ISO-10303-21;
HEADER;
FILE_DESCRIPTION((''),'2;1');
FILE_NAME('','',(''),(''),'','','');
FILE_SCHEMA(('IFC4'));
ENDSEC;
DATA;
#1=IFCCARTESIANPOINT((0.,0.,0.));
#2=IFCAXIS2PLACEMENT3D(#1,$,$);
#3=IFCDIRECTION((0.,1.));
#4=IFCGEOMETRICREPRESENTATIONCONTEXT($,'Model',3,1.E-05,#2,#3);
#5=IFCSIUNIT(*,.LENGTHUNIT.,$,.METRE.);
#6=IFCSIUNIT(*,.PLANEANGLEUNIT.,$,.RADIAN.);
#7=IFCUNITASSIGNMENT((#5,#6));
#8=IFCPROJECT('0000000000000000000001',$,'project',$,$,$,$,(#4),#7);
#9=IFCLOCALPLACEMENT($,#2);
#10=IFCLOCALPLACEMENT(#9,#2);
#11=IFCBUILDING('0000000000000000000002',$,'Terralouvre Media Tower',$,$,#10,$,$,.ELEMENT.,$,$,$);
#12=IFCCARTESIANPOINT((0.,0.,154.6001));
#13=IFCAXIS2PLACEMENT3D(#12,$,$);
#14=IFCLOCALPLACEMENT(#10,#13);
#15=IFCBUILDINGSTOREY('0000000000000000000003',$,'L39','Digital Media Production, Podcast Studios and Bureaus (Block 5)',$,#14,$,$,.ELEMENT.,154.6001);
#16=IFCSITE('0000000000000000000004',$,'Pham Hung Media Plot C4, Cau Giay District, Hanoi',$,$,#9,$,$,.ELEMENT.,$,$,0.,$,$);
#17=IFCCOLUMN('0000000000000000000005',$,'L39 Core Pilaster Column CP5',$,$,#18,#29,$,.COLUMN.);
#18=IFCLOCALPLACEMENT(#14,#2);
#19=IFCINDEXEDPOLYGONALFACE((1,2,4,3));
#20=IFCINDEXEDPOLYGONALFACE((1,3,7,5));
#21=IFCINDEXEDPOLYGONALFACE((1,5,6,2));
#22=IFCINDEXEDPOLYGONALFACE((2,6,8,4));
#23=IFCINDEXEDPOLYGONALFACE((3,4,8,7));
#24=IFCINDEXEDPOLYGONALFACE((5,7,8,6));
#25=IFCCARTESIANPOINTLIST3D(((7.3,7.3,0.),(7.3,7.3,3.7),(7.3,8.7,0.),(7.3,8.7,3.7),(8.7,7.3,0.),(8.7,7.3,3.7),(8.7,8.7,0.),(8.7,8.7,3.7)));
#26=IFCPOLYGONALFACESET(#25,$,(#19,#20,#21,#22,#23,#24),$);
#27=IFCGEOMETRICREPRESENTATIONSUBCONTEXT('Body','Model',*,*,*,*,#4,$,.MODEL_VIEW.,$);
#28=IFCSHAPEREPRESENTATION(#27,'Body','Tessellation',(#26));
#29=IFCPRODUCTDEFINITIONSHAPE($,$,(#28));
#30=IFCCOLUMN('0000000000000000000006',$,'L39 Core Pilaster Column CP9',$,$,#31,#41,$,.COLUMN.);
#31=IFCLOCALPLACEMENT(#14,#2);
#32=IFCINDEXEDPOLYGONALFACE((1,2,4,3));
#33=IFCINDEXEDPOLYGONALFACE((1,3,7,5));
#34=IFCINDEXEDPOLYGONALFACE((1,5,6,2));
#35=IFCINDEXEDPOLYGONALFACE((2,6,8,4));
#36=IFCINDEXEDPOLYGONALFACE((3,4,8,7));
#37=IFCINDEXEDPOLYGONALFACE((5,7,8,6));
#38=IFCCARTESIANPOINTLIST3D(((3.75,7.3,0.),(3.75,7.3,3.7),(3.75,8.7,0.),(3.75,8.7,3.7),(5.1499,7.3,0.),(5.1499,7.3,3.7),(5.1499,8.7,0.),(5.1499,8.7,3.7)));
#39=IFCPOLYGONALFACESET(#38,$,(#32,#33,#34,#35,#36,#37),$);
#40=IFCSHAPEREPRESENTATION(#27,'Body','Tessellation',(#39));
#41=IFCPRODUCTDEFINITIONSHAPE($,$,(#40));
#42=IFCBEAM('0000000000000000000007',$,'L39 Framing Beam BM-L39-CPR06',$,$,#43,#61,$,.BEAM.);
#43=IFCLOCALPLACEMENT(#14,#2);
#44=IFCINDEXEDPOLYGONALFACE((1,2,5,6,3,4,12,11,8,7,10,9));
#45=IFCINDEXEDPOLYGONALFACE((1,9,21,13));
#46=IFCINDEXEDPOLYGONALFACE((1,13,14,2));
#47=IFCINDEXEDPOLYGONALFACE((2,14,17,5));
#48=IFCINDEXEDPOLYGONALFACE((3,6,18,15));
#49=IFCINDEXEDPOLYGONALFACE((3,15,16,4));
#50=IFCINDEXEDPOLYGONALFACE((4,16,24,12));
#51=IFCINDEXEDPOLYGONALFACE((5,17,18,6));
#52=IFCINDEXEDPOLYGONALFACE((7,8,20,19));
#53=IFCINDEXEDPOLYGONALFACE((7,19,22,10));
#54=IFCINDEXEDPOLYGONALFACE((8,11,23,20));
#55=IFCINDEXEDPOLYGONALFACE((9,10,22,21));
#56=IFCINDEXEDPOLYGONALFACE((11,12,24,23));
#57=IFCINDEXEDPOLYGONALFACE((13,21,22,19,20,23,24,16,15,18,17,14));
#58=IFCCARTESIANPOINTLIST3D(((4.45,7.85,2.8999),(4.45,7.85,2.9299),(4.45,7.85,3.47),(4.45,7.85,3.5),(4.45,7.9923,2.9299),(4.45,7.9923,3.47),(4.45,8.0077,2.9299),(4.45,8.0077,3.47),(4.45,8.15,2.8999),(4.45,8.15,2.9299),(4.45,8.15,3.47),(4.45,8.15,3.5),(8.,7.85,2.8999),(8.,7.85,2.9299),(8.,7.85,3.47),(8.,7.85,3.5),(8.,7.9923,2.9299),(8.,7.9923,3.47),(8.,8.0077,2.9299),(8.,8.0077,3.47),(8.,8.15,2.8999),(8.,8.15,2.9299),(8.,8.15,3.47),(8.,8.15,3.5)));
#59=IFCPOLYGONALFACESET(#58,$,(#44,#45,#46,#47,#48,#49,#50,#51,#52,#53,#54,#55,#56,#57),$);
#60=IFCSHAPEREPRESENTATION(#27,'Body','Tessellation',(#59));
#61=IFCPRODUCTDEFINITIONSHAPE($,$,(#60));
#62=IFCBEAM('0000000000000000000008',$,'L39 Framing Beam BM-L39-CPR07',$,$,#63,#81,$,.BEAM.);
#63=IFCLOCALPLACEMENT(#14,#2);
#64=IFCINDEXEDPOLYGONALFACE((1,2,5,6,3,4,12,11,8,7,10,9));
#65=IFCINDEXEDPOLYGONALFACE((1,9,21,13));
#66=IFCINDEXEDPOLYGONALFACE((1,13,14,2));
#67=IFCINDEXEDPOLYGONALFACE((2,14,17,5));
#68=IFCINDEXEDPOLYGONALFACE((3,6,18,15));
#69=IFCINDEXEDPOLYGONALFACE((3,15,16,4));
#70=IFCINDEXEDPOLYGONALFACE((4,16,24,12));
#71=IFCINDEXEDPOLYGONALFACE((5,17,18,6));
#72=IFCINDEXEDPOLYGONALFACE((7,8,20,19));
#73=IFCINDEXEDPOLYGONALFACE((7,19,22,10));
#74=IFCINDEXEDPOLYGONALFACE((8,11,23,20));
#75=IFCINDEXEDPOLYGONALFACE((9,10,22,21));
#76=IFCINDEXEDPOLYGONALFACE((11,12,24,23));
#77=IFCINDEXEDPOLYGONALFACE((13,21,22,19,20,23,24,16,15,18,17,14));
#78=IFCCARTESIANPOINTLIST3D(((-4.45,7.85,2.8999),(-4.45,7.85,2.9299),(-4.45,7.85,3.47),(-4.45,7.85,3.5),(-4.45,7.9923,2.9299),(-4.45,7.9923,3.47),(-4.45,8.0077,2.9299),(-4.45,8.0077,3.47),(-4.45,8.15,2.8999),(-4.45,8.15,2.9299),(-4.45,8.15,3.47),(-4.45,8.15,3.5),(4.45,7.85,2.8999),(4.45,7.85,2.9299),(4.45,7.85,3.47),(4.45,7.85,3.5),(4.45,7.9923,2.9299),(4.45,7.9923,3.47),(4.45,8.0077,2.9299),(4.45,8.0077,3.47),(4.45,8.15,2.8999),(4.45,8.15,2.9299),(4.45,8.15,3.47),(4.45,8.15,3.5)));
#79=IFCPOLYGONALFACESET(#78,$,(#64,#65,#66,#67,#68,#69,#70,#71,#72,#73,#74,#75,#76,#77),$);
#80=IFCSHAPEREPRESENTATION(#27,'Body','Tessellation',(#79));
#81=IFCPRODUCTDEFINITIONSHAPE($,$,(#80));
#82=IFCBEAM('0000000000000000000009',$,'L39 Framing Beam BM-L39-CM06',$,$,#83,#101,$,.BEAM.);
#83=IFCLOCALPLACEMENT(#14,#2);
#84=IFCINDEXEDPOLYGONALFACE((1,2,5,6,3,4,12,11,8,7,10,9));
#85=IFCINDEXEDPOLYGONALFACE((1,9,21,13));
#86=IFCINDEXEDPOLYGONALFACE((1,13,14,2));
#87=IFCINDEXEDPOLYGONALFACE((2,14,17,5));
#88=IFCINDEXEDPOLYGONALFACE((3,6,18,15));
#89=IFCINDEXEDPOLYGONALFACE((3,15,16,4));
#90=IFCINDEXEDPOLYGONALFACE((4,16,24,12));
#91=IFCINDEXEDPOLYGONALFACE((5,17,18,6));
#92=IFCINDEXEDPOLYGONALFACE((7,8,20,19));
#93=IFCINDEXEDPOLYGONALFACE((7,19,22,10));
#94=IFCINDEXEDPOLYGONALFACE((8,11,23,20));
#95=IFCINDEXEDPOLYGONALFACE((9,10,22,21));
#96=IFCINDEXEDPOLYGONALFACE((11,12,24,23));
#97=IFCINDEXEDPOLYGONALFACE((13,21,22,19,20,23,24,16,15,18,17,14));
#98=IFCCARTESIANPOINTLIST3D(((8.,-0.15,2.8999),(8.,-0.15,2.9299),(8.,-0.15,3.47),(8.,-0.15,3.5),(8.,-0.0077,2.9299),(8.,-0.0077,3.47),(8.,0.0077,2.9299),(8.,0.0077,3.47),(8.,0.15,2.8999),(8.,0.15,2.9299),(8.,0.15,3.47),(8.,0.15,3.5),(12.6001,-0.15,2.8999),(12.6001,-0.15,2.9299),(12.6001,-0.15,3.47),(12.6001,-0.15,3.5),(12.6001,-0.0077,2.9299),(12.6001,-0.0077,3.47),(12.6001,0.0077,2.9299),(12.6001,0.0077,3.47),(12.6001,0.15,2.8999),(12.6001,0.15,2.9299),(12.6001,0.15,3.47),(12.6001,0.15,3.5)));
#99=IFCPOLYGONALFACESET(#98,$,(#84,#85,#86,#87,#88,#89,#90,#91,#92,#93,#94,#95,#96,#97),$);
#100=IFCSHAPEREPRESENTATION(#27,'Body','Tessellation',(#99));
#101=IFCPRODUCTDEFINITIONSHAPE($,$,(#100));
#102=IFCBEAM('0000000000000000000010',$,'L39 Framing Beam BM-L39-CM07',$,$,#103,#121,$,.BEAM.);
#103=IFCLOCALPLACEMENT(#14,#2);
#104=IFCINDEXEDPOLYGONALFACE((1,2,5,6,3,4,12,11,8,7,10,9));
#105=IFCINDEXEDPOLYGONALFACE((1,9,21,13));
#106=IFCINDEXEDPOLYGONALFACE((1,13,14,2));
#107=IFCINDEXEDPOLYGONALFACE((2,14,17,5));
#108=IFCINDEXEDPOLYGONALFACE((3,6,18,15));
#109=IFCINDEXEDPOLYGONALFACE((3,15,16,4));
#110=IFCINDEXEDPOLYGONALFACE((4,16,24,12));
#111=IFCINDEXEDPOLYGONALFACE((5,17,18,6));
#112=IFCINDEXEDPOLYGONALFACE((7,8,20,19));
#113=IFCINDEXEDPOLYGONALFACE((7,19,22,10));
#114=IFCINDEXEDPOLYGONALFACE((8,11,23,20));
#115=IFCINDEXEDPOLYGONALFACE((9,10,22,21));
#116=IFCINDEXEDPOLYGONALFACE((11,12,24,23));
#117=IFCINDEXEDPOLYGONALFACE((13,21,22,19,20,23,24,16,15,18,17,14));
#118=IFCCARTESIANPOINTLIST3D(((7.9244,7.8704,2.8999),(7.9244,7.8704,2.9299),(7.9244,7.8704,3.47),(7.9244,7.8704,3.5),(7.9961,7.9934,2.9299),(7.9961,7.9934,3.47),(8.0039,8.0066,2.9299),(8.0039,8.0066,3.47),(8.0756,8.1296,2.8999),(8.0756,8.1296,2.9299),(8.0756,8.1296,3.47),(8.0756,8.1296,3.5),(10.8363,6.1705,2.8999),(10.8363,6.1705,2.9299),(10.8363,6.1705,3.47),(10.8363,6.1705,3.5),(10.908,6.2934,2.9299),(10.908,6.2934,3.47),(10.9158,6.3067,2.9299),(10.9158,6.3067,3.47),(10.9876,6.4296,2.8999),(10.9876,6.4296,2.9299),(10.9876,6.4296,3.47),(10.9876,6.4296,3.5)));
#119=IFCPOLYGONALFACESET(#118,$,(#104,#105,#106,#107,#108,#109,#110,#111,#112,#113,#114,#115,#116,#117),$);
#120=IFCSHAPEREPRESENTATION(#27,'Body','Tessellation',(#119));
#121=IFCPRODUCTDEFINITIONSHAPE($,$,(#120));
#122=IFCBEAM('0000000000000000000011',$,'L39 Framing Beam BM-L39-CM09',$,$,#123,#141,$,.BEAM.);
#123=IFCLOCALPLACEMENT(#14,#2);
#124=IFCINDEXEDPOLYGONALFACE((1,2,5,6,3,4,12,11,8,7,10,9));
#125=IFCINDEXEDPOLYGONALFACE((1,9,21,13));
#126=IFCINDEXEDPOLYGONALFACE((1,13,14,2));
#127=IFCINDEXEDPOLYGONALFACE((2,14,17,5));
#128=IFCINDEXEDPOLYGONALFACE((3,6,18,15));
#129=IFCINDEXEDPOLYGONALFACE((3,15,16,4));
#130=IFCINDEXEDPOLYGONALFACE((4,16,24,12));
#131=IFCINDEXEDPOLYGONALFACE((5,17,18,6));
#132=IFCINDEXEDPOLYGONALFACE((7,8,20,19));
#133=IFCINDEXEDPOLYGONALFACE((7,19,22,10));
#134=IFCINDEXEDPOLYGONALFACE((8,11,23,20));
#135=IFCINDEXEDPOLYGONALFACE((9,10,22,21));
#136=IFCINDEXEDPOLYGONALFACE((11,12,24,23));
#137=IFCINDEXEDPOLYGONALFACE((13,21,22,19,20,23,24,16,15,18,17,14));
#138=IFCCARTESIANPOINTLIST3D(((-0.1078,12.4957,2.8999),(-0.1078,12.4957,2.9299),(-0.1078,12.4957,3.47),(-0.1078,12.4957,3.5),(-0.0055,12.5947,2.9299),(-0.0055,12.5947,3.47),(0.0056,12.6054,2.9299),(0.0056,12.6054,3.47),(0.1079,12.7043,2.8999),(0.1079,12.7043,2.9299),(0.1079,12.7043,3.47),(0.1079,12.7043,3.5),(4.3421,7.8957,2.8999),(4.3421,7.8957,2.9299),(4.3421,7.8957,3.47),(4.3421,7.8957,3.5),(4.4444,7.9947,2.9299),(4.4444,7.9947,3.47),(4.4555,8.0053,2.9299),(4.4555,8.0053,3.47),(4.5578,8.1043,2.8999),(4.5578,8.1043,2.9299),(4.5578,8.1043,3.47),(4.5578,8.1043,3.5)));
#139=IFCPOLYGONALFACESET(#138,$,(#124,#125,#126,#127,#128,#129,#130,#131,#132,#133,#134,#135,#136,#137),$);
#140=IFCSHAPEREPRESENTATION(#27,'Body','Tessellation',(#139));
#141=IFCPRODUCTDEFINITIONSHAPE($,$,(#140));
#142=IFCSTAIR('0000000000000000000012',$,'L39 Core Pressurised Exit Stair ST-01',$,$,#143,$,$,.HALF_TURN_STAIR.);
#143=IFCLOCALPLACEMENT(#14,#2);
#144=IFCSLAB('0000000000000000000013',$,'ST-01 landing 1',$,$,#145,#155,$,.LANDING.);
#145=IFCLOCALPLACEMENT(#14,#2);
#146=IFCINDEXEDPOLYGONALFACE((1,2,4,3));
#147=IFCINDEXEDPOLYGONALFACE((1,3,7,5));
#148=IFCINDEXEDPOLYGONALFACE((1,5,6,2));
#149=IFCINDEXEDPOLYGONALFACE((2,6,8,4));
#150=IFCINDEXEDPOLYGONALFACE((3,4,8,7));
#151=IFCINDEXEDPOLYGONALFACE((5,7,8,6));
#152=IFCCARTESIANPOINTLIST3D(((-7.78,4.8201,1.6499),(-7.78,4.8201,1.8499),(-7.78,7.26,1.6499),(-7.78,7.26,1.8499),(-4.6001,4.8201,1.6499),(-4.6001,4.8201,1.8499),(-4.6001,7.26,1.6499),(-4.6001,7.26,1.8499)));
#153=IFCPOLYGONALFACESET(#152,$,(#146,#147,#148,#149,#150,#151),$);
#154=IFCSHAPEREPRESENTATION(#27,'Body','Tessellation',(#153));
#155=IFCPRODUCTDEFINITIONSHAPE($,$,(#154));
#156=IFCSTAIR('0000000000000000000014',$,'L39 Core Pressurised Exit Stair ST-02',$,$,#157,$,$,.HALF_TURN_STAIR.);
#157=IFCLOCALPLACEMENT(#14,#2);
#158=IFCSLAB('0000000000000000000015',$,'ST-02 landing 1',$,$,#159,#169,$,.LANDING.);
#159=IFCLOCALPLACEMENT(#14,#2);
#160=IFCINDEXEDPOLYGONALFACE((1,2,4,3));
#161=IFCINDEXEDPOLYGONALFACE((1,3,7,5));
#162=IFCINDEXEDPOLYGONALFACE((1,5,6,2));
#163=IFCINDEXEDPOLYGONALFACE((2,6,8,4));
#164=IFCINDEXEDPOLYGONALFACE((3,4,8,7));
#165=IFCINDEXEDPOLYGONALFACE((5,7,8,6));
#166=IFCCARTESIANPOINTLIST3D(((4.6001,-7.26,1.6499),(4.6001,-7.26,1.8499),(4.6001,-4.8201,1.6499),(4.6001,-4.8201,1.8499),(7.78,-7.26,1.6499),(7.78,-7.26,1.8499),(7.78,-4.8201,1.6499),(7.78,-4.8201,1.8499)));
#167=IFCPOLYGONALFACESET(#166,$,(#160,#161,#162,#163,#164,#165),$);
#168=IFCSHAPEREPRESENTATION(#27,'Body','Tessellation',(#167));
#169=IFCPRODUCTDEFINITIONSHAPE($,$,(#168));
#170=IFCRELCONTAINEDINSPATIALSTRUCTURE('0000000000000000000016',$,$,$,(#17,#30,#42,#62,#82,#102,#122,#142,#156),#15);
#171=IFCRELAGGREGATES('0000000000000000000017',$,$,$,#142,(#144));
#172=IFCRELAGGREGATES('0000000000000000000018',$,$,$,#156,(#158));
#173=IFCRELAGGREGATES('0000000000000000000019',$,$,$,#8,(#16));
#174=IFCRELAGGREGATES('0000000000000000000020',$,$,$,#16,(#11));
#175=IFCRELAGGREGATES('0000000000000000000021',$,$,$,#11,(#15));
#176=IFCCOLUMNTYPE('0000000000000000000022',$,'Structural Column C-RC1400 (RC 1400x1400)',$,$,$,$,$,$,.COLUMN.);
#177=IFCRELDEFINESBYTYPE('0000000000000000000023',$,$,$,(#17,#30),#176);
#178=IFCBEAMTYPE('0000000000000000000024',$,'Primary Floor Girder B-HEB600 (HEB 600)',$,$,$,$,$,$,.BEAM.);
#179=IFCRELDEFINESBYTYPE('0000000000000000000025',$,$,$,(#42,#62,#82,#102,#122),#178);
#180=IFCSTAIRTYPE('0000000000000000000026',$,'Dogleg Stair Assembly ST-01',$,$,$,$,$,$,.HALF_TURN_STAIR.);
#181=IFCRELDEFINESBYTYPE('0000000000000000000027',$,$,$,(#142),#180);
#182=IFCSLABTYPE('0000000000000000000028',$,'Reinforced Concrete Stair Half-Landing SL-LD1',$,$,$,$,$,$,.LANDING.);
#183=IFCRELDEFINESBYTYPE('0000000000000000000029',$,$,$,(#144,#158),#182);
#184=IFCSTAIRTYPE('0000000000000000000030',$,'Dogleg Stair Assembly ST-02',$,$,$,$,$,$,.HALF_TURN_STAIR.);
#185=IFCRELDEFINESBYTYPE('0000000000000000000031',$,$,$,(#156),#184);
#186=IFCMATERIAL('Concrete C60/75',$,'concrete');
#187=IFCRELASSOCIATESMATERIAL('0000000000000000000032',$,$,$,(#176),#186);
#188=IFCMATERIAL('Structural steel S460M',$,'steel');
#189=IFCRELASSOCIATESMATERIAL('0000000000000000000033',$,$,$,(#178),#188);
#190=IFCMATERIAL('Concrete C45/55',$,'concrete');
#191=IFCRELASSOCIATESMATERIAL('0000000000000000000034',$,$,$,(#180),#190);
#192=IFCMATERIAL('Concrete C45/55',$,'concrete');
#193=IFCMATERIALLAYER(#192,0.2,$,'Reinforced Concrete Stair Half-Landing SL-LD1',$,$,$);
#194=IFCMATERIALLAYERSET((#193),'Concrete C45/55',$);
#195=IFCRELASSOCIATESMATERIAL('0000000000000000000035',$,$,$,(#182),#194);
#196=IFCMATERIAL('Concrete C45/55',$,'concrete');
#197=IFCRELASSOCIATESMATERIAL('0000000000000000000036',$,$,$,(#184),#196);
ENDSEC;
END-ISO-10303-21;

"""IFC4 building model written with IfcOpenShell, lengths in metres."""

from ifc_helpers import new_model, si_unit, direction, frame, origin, origin_2d, place, context, subcontext, project, spatial, polyline, rectangle, i_section, outline, extrude, material, layer, layer_set, material_profile, profile_set, type_object, element, aggregate, save


model = new_model("IFC4")

# Units and contexts
model_context = context("Model", 3, precision=1e-05, world=origin(), true_north=direction((0.0, 1.0)))
body_context = subcontext(model_context, "Body", "Model", "MODEL_VIEW")
ifc_project = project(units=[si_unit("LENGTHUNIT", "METRE"), si_unit("PLANEANGLEUNIT", "RADIAN")], contexts=[model_context])

# Site, building, storey
site_placement = place(None, origin())
site = spatial("IfcSite", under=ifc_project, at=site_placement, Name="Pham Hung Media Plot C4, Cau Giay District, Hanoi", CompositionType="ELEMENT", RefElevation=0.0)
building_placement = place(site_placement, origin())
building = spatial("IfcBuilding", under=site, at=building_placement, Name="Terralouvre Media Tower", CompositionType="ELEMENT")
storey_placement = place(building_placement, frame((0.0, 0.0, 154.6001)))
storey = spatial("IfcBuildingStorey", under=building, at=storey_placement, Name="L39", Description="Digital Media Production, Podcast Studios and Bureaus (Block 5)", CompositionType="ELEMENT", Elevation=154.6001)

# Columns
ifc_material_1 = material(Name="Concrete C60/75", Category="concrete")
ifc_material_profile_1 = material_profile(ifc_material_1, rectangle(XDim=1.3999, YDim=1.3999, at=origin_2d()), Name="RC 1400x1400")
ifc_profile_set_1 = profile_set([ifc_material_profile_1], Name="Concrete C60/75")
column_type = type_object("IfcColumnType", Name="Structural Column C-RC1400 (RC 1400x1400)", PredefinedType="COLUMN", material=ifc_profile_set_1)
for number, where, z_axis, x_axis, name in (
    (1, (8.0, 8.0, 0.0), (0.0, 0.0, 1.0), (1.0, 0.0, 0.0), "L39 Core Pilaster Column CP5"),
    (2, (4.45, 8.0, 0.0), (0.0, 0.0, 1.0), (1.0, 0.0, 0.0), "L39 Core Pilaster Column CP9"),
):
    element("IfcColumn", number, at=place(storey_placement, frame(where, z_axis=z_axis, x_axis=x_axis)), inside=storey, type_object=column_type, Name=name, PredefinedType="COLUMN", context=body_context, shape_type="SweptSolid", body=[
        extrude(rectangle(XDim=1.3999, YDim=1.3999, at=origin_2d()), origin(), (0.0, 0.0, 1.0), 3.7),
    ])

# Beams
ifc_material_2 = material(Name="Structural steel S460M", Category="steel")
ifc_material_profile_2 = material_profile(ifc_material_2, i_section(OverallWidth=0.3, OverallDepth=0.6001, WebThickness=0.0154, FlangeThickness=0.03, at=origin_2d()), Name="HEB 600")
ifc_profile_set_2 = profile_set([ifc_material_profile_2], Name="Structural steel S460M")
beam_type = type_object("IfcBeamType", Name="Primary Floor Girder B-HEB600 (HEB 600)", PredefinedType="BEAM", material=ifc_profile_set_2)
beam_1_placement = place(storey_placement, frame((8.0, 8.0, 3.2), z_axis=(-1.0, 0.0, 0.0), x_axis=(0.0, -1.0, 0.0)))
element("IfcBeam", 3, at=beam_1_placement, inside=storey, type_object=beam_type, Name="L39 Framing Beam BM-L39-CPR06", PredefinedType="BEAM", context=body_context, shape_type="SweptSolid", body=[
    extrude(i_section(OverallWidth=0.3, OverallDepth=0.6001, WebThickness=0.0154, FlangeThickness=0.03, at=origin_2d()), origin(), (0.0, 0.0, 1.0), 3.55),
])
beam_2_placement = place(storey_placement, frame((4.45, 8.0, 3.2), z_axis=(-1.0, 0.0, 0.0), x_axis=(0.0, -1.0, 0.0)))
element("IfcBeam", 4, at=beam_2_placement, inside=storey, type_object=beam_type, Name="L39 Framing Beam BM-L39-CPR07", PredefinedType="BEAM", context=body_context, shape_type="SweptSolid", body=[
    extrude(i_section(OverallWidth=0.3, OverallDepth=0.6001, WebThickness=0.0154, FlangeThickness=0.03, at=origin_2d()), origin(), (0.0, 0.0, 1.0), 8.8999),
])
beam_3_placement = place(storey_placement, frame((8.0, 0.0, 3.2), z_axis=(1.0, 0.0, 0.0), x_axis=(0.0, 1.0, 0.0)))
element("IfcBeam", 5, at=beam_3_placement, inside=storey, type_object=beam_type, Name="L39 Framing Beam BM-L39-CM06", PredefinedType="BEAM", context=body_context, shape_type="SweptSolid", body=[
    extrude(i_section(OverallWidth=0.3, OverallDepth=0.6001, WebThickness=0.0154, FlangeThickness=0.03, at=origin_2d()), origin(), (0.0, 0.0, 1.0), 4.6001),
])
beam_4_placement = place(storey_placement, frame((8.0, 8.0, 3.2), z_axis=(0.863603, -0.504173, 0.0), x_axis=(0.504173, 0.863603, 0.0)))
element("IfcBeam", 6, at=beam_4_placement, inside=storey, type_object=beam_type, Name="L39 Framing Beam BM-L39-CM07", PredefinedType="BEAM", context=body_context, shape_type="SweptSolid", body=[
    extrude(i_section(OverallWidth=0.3, OverallDepth=0.6001, WebThickness=0.0154, FlangeThickness=0.03, at=origin_2d()), origin(), (0.0, 0.0, 1.0), 3.3718),
])
beam_5_placement = place(storey_placement, frame((4.45, 8.0, 3.2), z_axis=(-0.69528, 0.718739, 0.0), x_axis=(-0.718739, -0.69528, 0.0)))
element("IfcBeam", 7, at=beam_5_placement, inside=storey, type_object=beam_type, Name="L39 Framing Beam BM-L39-CM09", PredefinedType="BEAM", context=body_context, shape_type="SweptSolid", body=[
    extrude(i_section(OverallWidth=0.3, OverallDepth=0.6001, WebThickness=0.0154, FlangeThickness=0.03, at=origin_2d()), origin(), (0.0, 0.0, 1.0), 6.4001),
])

# Stairs, slabs
ifc_material_3 = material(Name="Concrete C45/55", Category="concrete")
stair_type_1 = type_object("IfcStairType", Name="Dogleg Stair Assembly ST-01", PredefinedType="HALF_TURN_STAIR", material=ifc_material_3)
stair_1_placement = place(storey_placement, origin())
stair_1 = element("IfcStair", 8, at=stair_1_placement, inside=storey, type_object=stair_type_1, Name="L39 Core Pressurised Exit Stair ST-01", PredefinedType="HALF_TURN_STAIR")
ifc_material_4 = material(Name="Concrete C45/55", Category="concrete")
ifc_layer_1 = layer(ifc_material_4, 0.2, Name="Reinforced Concrete Stair Half-Landing SL-LD1")
ifc_layer_set_1 = layer_set([ifc_layer_1], Name="Concrete C45/55")
slab_type = type_object("IfcSlabType", Name="Reinforced Concrete Stair Half-Landing SL-LD1", PredefinedType="LANDING", material=ifc_layer_set_1)
slab_1_placement = place(storey_placement, frame((0.0, 0.0, 1.6499)))
slab_1 = element("IfcSlab", 9, at=slab_1_placement, type_object=slab_type, Name="ST-01 landing 1", PredefinedType="LANDING", context=body_context, shape_type="SweptSolid", body=[
    extrude(outline(polyline([(-4.6001, 4.8201), (-4.6001, 7.26), (-7.78, 7.26), (-7.78, 4.8201), (-4.6001, 4.8201)])), origin(), (0.0, 0.0, 1.0), 0.2),
])
aggregate(stair_1, [slab_1])
ifc_material_5 = material(Name="Concrete C45/55", Category="concrete")
stair_type_2 = type_object("IfcStairType", Name="Dogleg Stair Assembly ST-02", PredefinedType="HALF_TURN_STAIR", material=ifc_material_5)
stair_2_placement = place(storey_placement, origin())
stair_2 = element("IfcStair", 10, at=stair_2_placement, inside=storey, type_object=stair_type_2, Name="L39 Core Pressurised Exit Stair ST-02", PredefinedType="HALF_TURN_STAIR")
slab_2_placement = place(storey_placement, frame((0.0, 0.0, 1.6499)))
slab_2 = element("IfcSlab", 11, at=slab_2_placement, type_object=slab_type, Name="ST-02 landing 1", PredefinedType="LANDING", context=body_context, shape_type="SweptSolid", body=[
    extrude(outline(polyline([(4.6001, -4.8201), (4.6001, -7.26), (7.78, -7.26), (7.78, -4.8201), (4.6001, -4.8201)])), origin(), (0.0, 0.0, 1.0), 0.2),
])
aggregate(stair_2, [slab_2])

save(model, "model.ifc")
